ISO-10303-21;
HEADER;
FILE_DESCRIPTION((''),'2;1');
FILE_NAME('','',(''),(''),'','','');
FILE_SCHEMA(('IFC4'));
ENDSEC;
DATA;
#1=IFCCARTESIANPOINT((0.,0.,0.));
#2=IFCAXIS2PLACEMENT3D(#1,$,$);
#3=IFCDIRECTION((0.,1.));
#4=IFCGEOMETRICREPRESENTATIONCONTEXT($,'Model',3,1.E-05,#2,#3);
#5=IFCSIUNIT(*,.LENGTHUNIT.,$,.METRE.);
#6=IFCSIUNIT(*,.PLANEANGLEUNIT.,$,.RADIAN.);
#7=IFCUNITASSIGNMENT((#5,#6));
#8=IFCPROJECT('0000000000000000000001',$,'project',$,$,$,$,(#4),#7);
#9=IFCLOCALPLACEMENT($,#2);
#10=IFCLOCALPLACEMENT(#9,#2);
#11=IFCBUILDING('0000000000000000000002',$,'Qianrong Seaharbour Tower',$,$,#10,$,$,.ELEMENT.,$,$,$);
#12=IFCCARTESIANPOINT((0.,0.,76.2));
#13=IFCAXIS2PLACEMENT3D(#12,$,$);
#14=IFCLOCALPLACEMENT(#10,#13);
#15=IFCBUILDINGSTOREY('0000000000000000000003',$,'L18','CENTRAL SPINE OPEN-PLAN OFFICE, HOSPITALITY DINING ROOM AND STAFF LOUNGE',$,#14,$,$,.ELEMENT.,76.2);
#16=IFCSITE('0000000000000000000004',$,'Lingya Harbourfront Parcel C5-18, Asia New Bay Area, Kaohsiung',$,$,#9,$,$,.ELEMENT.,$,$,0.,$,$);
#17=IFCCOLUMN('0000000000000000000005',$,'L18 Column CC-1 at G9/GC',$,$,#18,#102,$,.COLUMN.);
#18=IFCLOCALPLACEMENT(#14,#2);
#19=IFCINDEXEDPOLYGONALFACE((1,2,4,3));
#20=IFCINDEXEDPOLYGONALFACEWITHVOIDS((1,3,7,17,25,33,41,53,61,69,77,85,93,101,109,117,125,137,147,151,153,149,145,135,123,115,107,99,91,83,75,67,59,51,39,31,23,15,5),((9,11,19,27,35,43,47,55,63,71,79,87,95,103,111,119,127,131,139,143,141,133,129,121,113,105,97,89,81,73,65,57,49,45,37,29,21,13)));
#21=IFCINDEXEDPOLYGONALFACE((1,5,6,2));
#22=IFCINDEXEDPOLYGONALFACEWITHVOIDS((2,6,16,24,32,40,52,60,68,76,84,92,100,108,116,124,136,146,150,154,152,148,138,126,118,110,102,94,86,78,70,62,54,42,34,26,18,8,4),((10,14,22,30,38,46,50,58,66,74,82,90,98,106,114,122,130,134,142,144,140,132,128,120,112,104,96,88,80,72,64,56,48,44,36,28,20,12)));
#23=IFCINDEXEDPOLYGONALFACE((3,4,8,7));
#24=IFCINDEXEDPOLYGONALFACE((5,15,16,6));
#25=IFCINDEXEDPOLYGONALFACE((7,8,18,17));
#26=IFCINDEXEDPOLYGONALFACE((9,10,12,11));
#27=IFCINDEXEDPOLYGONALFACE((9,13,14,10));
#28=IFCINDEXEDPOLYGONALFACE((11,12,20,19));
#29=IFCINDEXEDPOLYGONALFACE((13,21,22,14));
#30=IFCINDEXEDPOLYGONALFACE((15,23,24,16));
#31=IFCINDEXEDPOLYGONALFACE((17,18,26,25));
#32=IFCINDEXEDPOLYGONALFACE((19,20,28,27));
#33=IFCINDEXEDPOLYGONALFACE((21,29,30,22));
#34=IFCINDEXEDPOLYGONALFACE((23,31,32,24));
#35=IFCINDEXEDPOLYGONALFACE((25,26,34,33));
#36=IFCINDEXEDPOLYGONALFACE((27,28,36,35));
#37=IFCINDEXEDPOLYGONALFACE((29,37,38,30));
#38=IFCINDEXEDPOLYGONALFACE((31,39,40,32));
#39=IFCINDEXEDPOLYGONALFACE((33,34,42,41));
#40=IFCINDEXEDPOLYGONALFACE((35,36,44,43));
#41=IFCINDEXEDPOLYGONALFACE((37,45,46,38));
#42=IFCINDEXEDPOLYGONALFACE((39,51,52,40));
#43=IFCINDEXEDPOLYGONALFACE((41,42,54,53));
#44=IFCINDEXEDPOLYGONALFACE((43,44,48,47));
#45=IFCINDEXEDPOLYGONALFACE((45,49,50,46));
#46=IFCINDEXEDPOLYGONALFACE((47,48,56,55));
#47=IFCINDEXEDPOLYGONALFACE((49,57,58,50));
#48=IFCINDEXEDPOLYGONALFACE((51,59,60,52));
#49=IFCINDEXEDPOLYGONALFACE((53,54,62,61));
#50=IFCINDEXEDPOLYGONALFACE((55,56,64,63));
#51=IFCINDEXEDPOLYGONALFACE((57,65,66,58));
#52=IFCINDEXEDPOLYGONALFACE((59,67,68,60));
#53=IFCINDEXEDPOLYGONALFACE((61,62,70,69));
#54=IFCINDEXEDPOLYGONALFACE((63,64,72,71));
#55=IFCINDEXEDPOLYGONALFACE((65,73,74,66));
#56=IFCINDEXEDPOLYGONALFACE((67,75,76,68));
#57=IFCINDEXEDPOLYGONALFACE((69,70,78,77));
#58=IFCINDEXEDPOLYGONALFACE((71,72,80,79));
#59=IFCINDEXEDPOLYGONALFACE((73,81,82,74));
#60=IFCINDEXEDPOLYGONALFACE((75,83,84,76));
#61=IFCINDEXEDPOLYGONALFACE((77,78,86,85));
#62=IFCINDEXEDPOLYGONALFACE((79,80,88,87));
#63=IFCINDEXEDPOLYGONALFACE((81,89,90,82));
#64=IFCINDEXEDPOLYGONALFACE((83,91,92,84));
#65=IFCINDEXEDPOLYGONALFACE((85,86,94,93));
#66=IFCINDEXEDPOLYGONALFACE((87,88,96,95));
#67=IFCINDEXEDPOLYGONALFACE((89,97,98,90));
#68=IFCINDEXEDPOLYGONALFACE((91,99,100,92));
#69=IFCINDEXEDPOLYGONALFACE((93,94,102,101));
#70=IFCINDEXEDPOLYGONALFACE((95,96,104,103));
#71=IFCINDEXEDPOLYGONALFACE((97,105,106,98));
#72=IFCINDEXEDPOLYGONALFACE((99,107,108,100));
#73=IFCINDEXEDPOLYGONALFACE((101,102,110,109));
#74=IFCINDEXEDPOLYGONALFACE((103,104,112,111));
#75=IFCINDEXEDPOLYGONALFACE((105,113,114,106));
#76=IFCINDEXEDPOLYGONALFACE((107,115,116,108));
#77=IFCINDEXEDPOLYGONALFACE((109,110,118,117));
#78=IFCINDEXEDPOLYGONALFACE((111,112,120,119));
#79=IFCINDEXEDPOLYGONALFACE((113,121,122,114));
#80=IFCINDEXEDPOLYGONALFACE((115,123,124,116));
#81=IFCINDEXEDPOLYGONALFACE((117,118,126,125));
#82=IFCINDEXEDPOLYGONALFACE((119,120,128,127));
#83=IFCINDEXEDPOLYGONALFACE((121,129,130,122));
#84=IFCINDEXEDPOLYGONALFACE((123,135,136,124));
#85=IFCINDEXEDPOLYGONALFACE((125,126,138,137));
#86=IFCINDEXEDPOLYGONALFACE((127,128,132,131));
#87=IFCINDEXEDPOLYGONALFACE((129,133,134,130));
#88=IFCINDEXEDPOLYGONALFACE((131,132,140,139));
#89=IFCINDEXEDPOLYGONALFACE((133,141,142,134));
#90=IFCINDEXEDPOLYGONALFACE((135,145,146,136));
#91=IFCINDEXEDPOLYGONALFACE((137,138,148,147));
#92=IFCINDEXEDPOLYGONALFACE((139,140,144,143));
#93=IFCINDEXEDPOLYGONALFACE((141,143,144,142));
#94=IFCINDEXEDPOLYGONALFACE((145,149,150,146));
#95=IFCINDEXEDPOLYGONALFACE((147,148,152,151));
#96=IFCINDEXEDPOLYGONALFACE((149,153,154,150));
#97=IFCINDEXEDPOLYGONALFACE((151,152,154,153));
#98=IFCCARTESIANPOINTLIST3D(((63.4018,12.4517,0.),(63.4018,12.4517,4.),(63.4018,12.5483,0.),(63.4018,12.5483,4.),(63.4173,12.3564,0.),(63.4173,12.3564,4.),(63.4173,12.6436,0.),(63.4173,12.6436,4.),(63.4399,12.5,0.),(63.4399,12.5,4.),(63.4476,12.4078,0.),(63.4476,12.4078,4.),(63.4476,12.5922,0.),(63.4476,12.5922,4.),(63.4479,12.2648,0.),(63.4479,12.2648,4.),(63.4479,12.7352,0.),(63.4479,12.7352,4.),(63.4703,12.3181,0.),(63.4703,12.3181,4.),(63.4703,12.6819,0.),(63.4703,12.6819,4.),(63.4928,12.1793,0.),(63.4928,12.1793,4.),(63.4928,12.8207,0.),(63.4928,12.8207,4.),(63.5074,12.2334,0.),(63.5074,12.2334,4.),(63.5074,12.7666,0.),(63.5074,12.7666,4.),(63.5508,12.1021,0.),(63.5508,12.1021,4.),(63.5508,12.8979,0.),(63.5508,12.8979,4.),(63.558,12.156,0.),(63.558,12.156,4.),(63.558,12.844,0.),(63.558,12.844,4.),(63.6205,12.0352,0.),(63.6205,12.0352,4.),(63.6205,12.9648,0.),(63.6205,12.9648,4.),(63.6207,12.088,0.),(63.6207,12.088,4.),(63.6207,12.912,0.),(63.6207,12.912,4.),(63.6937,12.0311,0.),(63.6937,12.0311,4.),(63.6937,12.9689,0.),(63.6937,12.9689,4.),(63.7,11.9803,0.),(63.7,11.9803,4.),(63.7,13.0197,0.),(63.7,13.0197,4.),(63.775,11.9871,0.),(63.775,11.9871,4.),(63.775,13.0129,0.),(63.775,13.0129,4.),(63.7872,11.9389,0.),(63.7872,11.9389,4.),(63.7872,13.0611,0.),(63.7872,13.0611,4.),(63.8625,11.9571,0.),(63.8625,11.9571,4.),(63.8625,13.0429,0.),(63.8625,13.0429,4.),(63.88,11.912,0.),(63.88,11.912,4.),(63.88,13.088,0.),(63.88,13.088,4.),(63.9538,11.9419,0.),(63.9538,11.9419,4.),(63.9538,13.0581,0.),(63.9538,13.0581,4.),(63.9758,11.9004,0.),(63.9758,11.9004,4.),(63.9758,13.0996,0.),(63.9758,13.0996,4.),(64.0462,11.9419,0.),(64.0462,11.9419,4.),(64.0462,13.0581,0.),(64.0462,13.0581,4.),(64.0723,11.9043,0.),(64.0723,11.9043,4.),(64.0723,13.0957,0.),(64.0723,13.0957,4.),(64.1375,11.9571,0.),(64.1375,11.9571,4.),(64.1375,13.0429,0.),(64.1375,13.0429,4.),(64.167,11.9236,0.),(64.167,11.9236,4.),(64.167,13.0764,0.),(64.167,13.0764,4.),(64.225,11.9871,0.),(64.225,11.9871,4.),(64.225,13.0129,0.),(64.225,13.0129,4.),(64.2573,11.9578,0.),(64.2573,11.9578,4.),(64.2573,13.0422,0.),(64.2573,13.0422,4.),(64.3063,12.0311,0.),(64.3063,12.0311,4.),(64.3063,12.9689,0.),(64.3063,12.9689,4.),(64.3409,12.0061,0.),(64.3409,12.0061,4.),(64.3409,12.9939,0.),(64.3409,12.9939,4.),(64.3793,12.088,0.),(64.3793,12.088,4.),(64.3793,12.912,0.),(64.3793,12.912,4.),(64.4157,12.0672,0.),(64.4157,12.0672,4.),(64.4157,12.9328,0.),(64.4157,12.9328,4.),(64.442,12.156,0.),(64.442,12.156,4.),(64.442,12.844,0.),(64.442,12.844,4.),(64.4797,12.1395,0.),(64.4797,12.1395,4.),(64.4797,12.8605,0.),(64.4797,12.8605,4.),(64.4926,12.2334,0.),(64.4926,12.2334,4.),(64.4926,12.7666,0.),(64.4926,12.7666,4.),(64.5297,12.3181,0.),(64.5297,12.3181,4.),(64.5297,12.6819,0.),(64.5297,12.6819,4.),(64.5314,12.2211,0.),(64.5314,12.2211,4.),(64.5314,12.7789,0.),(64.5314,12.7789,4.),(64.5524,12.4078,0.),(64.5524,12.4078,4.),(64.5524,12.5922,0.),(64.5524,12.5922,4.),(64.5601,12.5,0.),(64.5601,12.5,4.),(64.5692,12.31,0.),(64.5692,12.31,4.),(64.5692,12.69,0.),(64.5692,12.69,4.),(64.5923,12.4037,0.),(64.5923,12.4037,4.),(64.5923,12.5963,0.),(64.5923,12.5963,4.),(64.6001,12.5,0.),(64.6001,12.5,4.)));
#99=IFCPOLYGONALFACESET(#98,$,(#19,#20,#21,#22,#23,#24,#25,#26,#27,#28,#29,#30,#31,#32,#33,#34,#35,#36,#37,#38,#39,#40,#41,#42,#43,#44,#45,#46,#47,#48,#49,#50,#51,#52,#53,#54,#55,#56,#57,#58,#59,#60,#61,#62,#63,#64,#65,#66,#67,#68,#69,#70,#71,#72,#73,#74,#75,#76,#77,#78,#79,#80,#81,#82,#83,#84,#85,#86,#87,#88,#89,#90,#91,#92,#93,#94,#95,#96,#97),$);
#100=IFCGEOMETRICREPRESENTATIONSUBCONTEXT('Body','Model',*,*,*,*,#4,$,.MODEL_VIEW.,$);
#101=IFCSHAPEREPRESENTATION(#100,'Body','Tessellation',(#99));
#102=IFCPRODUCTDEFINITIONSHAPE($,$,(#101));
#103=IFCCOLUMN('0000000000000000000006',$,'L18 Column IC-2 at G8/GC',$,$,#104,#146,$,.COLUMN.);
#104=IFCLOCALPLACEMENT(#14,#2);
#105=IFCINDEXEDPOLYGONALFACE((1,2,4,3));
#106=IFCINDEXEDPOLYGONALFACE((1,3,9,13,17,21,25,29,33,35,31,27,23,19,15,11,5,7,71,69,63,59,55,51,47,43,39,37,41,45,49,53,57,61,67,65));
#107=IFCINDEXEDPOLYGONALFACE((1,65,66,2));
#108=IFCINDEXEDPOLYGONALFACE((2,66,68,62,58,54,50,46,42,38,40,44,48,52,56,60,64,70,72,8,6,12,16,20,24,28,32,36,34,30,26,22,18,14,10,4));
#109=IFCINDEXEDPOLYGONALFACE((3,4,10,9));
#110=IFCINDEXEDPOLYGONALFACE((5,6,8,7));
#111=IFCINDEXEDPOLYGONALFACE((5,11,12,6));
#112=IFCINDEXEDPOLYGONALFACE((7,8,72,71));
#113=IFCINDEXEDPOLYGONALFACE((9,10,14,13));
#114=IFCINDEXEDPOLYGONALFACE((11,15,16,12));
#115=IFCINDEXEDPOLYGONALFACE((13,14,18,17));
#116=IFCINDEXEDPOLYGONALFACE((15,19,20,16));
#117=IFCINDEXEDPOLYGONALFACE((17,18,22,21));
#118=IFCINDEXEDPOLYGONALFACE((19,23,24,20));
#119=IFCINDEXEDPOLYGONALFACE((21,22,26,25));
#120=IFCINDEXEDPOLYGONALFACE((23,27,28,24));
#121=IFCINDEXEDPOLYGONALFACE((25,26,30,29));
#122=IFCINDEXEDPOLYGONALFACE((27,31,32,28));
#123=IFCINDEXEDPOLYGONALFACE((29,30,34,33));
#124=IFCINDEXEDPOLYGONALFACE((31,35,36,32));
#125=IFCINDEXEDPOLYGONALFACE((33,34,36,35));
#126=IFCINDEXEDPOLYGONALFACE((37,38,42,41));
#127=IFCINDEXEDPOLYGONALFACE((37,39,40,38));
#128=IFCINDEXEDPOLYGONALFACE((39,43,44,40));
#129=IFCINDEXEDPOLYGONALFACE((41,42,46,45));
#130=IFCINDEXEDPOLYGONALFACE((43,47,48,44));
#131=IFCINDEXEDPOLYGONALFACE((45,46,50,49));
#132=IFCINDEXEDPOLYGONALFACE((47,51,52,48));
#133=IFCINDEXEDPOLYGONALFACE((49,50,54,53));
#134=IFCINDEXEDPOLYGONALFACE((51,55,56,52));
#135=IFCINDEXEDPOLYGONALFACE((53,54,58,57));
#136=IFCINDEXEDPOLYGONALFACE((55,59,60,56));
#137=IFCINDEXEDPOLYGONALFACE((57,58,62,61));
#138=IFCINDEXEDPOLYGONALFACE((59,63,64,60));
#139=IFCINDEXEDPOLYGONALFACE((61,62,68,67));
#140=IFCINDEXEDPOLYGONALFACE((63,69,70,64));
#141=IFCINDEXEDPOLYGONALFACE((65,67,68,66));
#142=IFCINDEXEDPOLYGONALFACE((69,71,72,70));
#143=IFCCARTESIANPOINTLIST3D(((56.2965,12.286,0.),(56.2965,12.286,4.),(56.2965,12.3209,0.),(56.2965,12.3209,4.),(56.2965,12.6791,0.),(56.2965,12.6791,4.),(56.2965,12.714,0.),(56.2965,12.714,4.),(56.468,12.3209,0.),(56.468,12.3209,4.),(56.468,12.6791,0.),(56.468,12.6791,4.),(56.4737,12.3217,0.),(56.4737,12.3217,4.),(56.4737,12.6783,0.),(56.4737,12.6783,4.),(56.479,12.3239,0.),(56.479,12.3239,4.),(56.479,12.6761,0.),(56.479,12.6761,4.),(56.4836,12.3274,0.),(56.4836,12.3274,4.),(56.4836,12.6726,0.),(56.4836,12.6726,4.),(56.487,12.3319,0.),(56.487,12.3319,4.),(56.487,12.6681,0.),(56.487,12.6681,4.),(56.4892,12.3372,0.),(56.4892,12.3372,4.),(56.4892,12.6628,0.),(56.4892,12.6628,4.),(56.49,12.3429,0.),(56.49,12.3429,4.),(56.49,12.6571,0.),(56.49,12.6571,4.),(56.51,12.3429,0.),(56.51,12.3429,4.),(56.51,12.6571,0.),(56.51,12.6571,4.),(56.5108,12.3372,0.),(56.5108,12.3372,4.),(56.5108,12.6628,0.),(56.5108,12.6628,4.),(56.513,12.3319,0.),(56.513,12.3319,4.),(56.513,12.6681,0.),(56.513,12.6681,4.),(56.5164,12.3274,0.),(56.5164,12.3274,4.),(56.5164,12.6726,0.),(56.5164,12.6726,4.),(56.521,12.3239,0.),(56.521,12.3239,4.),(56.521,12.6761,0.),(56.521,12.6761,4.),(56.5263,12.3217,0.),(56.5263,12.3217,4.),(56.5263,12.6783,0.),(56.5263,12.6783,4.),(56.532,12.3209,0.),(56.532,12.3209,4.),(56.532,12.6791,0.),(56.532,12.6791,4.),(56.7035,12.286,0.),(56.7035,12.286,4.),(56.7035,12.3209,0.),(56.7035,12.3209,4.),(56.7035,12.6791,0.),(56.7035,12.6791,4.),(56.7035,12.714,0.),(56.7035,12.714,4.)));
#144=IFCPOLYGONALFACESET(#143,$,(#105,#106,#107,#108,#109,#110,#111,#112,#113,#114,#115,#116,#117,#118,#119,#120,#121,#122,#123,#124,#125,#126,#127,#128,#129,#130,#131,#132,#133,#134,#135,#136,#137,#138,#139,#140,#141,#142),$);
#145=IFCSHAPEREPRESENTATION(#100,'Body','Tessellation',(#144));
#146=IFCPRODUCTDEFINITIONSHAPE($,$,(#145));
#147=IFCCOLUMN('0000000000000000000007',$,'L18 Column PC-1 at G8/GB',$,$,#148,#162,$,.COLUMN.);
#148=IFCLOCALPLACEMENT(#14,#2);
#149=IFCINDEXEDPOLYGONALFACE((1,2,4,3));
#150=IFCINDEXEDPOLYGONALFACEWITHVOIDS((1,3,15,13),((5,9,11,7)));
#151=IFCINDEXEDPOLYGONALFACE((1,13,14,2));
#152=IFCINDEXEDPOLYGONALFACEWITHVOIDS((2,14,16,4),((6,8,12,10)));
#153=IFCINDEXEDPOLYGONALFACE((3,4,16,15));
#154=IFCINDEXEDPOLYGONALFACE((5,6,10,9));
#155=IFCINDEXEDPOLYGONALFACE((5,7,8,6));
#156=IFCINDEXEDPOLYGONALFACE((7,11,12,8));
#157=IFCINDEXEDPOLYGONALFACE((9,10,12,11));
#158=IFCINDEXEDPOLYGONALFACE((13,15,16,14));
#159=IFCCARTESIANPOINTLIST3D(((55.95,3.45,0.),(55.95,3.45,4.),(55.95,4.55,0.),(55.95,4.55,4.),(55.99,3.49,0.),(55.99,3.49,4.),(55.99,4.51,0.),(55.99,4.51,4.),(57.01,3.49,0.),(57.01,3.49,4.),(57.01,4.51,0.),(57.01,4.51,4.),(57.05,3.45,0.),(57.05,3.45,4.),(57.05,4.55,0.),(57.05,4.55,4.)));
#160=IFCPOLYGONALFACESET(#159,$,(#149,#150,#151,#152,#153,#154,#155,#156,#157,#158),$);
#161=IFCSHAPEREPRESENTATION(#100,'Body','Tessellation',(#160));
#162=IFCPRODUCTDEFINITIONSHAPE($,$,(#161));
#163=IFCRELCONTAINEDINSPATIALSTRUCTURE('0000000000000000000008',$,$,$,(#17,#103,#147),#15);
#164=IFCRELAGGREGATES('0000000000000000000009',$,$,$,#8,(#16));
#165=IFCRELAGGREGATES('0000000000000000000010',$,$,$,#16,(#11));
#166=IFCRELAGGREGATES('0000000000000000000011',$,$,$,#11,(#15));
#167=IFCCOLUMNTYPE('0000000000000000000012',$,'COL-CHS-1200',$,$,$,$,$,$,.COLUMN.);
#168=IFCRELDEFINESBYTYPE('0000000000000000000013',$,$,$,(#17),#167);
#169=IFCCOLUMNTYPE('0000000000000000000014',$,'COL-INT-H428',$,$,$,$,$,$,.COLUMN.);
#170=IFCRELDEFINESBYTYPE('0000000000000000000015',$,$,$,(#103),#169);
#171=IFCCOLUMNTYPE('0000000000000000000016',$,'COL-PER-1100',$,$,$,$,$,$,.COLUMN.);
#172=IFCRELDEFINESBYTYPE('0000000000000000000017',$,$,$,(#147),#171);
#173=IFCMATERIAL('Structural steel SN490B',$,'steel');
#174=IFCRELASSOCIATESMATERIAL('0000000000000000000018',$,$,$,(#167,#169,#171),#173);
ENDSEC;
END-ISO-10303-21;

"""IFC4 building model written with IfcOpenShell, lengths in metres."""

from ifc_helpers import new_model, si_unit, direction, frame, origin, origin_2d, place, context, subcontext, project, spatial, hollow_rectangle, hollow_circle, i_section, extrude, material, material_profile, profile_set, type_object, element, save


model = new_model("IFC4")

# Units and contexts
model_context = context("Model", 3, precision=1e-05, world=origin(), true_north=direction((0.0, 1.0)))
body_context = subcontext(model_context, "Body", "Model", "MODEL_VIEW")
ifc_project = project(units=[si_unit("LENGTHUNIT", "METRE"), si_unit("PLANEANGLEUNIT", "RADIAN")], contexts=[model_context])

# Site, building, storey
site_placement = place(None, origin())
site = spatial("IfcSite", under=ifc_project, at=site_placement, Name="Lingya Harbourfront Parcel C5-18, Asia New Bay Area, Kaohsiung", CompositionType="ELEMENT", RefElevation=0.0)
building_placement = place(site_placement, origin())
building = spatial("IfcBuilding", under=site, at=building_placement, Name="Qianrong Seaharbour Tower", CompositionType="ELEMENT")
storey_placement = place(building_placement, frame((0.0, 0.0, 76.2)))
storey = spatial("IfcBuildingStorey", under=building, at=storey_placement, Name="L18", Description="CENTRAL SPINE OPEN-PLAN OFFICE, HOSPITALITY DINING ROOM AND STAFF LOUNGE", CompositionType="ELEMENT", Elevation=76.2)

# Columns
ifc_material_1 = material(Name="Structural steel SN490B", Category="steel")
ifc_material_profile_1 = material_profile(ifc_material_1, hollow_circle(Radius=0.6001, WallThickness=0.04, at=origin_2d()), Name="CHS1200x40")
ifc_profile_set_1 = profile_set([ifc_material_profile_1], Name="Structural steel SN490B")
column_type_1 = type_object("IfcColumnType", Name="COL-CHS-1200", PredefinedType="COLUMN", material=ifc_profile_set_1)
column_1_placement = place(storey_placement, frame((64.0, 12.5, 0.0), z_axis=(0.0, 0.0, 1.0), x_axis=(1.0, 0.0, 0.0)))
element("IfcColumn", 1, at=column_1_placement, inside=storey, type_object=column_type_1, Name="L18 Column CC-1 at G9/GC", PredefinedType="COLUMN", context=body_context, shape_type="SweptSolid", body=[
    extrude(hollow_circle(Radius=0.6001, WallThickness=0.04, at=origin_2d()), origin(), (0.0, 0.0, 1.0), 4.0),
])
ifc_material_profile_2 = material_profile(ifc_material_1, i_section(OverallWidth=0.407, OverallDepth=0.428, WebThickness=0.02, FlangeThickness=0.0349, FilletRadius=0.022, at=origin_2d()), Name="H428x407x20x35")
ifc_profile_set_2 = profile_set([ifc_material_profile_2], Name="Structural steel SN490B")
column_type_2 = type_object("IfcColumnType", Name="COL-INT-H428", PredefinedType="COLUMN", material=ifc_profile_set_2)
column_2_placement = place(storey_placement, frame((56.5, 12.5, 0.0), z_axis=(0.0, 0.0, 1.0), x_axis=(1.0, 0.0, 0.0)))
element("IfcColumn", 2, at=column_2_placement, inside=storey, type_object=column_type_2, Name="L18 Column IC-2 at G8/GC", PredefinedType="COLUMN", context=body_context, shape_type="SweptSolid", body=[
    extrude(i_section(OverallWidth=0.407, OverallDepth=0.428, WebThickness=0.02, FlangeThickness=0.0349, FilletRadius=0.022, at=origin_2d()), origin(), (0.0, 0.0, 1.0), 4.0),
])
ifc_material_profile_3 = material_profile(ifc_material_1, hollow_rectangle(XDim=1.1001, YDim=1.1001, WallThickness=0.04, at=origin_2d()), Name="BOX1100x1100x40")
ifc_profile_set_3 = profile_set([ifc_material_profile_3], Name="Structural steel SN490B")
column_type_3 = type_object("IfcColumnType", Name="COL-PER-1100", PredefinedType="COLUMN", material=ifc_profile_set_3)
column_3_placement = place(storey_placement, frame((56.5, 4.0, 0.0), z_axis=(0.0, 0.0, 1.0), x_axis=(1.0, 0.0, 0.0)))
element("IfcColumn", 3, at=column_3_placement, inside=storey, type_object=column_type_3, Name="L18 Column PC-1 at G8/GB", PredefinedType="COLUMN", context=body_context, shape_type="SweptSolid", body=[
    extrude(hollow_rectangle(XDim=1.1001, YDim=1.1001, WallThickness=0.04, at=origin_2d()), origin(), (0.0, 0.0, 1.0), 4.0),
])

save(model, "model.ifc")
